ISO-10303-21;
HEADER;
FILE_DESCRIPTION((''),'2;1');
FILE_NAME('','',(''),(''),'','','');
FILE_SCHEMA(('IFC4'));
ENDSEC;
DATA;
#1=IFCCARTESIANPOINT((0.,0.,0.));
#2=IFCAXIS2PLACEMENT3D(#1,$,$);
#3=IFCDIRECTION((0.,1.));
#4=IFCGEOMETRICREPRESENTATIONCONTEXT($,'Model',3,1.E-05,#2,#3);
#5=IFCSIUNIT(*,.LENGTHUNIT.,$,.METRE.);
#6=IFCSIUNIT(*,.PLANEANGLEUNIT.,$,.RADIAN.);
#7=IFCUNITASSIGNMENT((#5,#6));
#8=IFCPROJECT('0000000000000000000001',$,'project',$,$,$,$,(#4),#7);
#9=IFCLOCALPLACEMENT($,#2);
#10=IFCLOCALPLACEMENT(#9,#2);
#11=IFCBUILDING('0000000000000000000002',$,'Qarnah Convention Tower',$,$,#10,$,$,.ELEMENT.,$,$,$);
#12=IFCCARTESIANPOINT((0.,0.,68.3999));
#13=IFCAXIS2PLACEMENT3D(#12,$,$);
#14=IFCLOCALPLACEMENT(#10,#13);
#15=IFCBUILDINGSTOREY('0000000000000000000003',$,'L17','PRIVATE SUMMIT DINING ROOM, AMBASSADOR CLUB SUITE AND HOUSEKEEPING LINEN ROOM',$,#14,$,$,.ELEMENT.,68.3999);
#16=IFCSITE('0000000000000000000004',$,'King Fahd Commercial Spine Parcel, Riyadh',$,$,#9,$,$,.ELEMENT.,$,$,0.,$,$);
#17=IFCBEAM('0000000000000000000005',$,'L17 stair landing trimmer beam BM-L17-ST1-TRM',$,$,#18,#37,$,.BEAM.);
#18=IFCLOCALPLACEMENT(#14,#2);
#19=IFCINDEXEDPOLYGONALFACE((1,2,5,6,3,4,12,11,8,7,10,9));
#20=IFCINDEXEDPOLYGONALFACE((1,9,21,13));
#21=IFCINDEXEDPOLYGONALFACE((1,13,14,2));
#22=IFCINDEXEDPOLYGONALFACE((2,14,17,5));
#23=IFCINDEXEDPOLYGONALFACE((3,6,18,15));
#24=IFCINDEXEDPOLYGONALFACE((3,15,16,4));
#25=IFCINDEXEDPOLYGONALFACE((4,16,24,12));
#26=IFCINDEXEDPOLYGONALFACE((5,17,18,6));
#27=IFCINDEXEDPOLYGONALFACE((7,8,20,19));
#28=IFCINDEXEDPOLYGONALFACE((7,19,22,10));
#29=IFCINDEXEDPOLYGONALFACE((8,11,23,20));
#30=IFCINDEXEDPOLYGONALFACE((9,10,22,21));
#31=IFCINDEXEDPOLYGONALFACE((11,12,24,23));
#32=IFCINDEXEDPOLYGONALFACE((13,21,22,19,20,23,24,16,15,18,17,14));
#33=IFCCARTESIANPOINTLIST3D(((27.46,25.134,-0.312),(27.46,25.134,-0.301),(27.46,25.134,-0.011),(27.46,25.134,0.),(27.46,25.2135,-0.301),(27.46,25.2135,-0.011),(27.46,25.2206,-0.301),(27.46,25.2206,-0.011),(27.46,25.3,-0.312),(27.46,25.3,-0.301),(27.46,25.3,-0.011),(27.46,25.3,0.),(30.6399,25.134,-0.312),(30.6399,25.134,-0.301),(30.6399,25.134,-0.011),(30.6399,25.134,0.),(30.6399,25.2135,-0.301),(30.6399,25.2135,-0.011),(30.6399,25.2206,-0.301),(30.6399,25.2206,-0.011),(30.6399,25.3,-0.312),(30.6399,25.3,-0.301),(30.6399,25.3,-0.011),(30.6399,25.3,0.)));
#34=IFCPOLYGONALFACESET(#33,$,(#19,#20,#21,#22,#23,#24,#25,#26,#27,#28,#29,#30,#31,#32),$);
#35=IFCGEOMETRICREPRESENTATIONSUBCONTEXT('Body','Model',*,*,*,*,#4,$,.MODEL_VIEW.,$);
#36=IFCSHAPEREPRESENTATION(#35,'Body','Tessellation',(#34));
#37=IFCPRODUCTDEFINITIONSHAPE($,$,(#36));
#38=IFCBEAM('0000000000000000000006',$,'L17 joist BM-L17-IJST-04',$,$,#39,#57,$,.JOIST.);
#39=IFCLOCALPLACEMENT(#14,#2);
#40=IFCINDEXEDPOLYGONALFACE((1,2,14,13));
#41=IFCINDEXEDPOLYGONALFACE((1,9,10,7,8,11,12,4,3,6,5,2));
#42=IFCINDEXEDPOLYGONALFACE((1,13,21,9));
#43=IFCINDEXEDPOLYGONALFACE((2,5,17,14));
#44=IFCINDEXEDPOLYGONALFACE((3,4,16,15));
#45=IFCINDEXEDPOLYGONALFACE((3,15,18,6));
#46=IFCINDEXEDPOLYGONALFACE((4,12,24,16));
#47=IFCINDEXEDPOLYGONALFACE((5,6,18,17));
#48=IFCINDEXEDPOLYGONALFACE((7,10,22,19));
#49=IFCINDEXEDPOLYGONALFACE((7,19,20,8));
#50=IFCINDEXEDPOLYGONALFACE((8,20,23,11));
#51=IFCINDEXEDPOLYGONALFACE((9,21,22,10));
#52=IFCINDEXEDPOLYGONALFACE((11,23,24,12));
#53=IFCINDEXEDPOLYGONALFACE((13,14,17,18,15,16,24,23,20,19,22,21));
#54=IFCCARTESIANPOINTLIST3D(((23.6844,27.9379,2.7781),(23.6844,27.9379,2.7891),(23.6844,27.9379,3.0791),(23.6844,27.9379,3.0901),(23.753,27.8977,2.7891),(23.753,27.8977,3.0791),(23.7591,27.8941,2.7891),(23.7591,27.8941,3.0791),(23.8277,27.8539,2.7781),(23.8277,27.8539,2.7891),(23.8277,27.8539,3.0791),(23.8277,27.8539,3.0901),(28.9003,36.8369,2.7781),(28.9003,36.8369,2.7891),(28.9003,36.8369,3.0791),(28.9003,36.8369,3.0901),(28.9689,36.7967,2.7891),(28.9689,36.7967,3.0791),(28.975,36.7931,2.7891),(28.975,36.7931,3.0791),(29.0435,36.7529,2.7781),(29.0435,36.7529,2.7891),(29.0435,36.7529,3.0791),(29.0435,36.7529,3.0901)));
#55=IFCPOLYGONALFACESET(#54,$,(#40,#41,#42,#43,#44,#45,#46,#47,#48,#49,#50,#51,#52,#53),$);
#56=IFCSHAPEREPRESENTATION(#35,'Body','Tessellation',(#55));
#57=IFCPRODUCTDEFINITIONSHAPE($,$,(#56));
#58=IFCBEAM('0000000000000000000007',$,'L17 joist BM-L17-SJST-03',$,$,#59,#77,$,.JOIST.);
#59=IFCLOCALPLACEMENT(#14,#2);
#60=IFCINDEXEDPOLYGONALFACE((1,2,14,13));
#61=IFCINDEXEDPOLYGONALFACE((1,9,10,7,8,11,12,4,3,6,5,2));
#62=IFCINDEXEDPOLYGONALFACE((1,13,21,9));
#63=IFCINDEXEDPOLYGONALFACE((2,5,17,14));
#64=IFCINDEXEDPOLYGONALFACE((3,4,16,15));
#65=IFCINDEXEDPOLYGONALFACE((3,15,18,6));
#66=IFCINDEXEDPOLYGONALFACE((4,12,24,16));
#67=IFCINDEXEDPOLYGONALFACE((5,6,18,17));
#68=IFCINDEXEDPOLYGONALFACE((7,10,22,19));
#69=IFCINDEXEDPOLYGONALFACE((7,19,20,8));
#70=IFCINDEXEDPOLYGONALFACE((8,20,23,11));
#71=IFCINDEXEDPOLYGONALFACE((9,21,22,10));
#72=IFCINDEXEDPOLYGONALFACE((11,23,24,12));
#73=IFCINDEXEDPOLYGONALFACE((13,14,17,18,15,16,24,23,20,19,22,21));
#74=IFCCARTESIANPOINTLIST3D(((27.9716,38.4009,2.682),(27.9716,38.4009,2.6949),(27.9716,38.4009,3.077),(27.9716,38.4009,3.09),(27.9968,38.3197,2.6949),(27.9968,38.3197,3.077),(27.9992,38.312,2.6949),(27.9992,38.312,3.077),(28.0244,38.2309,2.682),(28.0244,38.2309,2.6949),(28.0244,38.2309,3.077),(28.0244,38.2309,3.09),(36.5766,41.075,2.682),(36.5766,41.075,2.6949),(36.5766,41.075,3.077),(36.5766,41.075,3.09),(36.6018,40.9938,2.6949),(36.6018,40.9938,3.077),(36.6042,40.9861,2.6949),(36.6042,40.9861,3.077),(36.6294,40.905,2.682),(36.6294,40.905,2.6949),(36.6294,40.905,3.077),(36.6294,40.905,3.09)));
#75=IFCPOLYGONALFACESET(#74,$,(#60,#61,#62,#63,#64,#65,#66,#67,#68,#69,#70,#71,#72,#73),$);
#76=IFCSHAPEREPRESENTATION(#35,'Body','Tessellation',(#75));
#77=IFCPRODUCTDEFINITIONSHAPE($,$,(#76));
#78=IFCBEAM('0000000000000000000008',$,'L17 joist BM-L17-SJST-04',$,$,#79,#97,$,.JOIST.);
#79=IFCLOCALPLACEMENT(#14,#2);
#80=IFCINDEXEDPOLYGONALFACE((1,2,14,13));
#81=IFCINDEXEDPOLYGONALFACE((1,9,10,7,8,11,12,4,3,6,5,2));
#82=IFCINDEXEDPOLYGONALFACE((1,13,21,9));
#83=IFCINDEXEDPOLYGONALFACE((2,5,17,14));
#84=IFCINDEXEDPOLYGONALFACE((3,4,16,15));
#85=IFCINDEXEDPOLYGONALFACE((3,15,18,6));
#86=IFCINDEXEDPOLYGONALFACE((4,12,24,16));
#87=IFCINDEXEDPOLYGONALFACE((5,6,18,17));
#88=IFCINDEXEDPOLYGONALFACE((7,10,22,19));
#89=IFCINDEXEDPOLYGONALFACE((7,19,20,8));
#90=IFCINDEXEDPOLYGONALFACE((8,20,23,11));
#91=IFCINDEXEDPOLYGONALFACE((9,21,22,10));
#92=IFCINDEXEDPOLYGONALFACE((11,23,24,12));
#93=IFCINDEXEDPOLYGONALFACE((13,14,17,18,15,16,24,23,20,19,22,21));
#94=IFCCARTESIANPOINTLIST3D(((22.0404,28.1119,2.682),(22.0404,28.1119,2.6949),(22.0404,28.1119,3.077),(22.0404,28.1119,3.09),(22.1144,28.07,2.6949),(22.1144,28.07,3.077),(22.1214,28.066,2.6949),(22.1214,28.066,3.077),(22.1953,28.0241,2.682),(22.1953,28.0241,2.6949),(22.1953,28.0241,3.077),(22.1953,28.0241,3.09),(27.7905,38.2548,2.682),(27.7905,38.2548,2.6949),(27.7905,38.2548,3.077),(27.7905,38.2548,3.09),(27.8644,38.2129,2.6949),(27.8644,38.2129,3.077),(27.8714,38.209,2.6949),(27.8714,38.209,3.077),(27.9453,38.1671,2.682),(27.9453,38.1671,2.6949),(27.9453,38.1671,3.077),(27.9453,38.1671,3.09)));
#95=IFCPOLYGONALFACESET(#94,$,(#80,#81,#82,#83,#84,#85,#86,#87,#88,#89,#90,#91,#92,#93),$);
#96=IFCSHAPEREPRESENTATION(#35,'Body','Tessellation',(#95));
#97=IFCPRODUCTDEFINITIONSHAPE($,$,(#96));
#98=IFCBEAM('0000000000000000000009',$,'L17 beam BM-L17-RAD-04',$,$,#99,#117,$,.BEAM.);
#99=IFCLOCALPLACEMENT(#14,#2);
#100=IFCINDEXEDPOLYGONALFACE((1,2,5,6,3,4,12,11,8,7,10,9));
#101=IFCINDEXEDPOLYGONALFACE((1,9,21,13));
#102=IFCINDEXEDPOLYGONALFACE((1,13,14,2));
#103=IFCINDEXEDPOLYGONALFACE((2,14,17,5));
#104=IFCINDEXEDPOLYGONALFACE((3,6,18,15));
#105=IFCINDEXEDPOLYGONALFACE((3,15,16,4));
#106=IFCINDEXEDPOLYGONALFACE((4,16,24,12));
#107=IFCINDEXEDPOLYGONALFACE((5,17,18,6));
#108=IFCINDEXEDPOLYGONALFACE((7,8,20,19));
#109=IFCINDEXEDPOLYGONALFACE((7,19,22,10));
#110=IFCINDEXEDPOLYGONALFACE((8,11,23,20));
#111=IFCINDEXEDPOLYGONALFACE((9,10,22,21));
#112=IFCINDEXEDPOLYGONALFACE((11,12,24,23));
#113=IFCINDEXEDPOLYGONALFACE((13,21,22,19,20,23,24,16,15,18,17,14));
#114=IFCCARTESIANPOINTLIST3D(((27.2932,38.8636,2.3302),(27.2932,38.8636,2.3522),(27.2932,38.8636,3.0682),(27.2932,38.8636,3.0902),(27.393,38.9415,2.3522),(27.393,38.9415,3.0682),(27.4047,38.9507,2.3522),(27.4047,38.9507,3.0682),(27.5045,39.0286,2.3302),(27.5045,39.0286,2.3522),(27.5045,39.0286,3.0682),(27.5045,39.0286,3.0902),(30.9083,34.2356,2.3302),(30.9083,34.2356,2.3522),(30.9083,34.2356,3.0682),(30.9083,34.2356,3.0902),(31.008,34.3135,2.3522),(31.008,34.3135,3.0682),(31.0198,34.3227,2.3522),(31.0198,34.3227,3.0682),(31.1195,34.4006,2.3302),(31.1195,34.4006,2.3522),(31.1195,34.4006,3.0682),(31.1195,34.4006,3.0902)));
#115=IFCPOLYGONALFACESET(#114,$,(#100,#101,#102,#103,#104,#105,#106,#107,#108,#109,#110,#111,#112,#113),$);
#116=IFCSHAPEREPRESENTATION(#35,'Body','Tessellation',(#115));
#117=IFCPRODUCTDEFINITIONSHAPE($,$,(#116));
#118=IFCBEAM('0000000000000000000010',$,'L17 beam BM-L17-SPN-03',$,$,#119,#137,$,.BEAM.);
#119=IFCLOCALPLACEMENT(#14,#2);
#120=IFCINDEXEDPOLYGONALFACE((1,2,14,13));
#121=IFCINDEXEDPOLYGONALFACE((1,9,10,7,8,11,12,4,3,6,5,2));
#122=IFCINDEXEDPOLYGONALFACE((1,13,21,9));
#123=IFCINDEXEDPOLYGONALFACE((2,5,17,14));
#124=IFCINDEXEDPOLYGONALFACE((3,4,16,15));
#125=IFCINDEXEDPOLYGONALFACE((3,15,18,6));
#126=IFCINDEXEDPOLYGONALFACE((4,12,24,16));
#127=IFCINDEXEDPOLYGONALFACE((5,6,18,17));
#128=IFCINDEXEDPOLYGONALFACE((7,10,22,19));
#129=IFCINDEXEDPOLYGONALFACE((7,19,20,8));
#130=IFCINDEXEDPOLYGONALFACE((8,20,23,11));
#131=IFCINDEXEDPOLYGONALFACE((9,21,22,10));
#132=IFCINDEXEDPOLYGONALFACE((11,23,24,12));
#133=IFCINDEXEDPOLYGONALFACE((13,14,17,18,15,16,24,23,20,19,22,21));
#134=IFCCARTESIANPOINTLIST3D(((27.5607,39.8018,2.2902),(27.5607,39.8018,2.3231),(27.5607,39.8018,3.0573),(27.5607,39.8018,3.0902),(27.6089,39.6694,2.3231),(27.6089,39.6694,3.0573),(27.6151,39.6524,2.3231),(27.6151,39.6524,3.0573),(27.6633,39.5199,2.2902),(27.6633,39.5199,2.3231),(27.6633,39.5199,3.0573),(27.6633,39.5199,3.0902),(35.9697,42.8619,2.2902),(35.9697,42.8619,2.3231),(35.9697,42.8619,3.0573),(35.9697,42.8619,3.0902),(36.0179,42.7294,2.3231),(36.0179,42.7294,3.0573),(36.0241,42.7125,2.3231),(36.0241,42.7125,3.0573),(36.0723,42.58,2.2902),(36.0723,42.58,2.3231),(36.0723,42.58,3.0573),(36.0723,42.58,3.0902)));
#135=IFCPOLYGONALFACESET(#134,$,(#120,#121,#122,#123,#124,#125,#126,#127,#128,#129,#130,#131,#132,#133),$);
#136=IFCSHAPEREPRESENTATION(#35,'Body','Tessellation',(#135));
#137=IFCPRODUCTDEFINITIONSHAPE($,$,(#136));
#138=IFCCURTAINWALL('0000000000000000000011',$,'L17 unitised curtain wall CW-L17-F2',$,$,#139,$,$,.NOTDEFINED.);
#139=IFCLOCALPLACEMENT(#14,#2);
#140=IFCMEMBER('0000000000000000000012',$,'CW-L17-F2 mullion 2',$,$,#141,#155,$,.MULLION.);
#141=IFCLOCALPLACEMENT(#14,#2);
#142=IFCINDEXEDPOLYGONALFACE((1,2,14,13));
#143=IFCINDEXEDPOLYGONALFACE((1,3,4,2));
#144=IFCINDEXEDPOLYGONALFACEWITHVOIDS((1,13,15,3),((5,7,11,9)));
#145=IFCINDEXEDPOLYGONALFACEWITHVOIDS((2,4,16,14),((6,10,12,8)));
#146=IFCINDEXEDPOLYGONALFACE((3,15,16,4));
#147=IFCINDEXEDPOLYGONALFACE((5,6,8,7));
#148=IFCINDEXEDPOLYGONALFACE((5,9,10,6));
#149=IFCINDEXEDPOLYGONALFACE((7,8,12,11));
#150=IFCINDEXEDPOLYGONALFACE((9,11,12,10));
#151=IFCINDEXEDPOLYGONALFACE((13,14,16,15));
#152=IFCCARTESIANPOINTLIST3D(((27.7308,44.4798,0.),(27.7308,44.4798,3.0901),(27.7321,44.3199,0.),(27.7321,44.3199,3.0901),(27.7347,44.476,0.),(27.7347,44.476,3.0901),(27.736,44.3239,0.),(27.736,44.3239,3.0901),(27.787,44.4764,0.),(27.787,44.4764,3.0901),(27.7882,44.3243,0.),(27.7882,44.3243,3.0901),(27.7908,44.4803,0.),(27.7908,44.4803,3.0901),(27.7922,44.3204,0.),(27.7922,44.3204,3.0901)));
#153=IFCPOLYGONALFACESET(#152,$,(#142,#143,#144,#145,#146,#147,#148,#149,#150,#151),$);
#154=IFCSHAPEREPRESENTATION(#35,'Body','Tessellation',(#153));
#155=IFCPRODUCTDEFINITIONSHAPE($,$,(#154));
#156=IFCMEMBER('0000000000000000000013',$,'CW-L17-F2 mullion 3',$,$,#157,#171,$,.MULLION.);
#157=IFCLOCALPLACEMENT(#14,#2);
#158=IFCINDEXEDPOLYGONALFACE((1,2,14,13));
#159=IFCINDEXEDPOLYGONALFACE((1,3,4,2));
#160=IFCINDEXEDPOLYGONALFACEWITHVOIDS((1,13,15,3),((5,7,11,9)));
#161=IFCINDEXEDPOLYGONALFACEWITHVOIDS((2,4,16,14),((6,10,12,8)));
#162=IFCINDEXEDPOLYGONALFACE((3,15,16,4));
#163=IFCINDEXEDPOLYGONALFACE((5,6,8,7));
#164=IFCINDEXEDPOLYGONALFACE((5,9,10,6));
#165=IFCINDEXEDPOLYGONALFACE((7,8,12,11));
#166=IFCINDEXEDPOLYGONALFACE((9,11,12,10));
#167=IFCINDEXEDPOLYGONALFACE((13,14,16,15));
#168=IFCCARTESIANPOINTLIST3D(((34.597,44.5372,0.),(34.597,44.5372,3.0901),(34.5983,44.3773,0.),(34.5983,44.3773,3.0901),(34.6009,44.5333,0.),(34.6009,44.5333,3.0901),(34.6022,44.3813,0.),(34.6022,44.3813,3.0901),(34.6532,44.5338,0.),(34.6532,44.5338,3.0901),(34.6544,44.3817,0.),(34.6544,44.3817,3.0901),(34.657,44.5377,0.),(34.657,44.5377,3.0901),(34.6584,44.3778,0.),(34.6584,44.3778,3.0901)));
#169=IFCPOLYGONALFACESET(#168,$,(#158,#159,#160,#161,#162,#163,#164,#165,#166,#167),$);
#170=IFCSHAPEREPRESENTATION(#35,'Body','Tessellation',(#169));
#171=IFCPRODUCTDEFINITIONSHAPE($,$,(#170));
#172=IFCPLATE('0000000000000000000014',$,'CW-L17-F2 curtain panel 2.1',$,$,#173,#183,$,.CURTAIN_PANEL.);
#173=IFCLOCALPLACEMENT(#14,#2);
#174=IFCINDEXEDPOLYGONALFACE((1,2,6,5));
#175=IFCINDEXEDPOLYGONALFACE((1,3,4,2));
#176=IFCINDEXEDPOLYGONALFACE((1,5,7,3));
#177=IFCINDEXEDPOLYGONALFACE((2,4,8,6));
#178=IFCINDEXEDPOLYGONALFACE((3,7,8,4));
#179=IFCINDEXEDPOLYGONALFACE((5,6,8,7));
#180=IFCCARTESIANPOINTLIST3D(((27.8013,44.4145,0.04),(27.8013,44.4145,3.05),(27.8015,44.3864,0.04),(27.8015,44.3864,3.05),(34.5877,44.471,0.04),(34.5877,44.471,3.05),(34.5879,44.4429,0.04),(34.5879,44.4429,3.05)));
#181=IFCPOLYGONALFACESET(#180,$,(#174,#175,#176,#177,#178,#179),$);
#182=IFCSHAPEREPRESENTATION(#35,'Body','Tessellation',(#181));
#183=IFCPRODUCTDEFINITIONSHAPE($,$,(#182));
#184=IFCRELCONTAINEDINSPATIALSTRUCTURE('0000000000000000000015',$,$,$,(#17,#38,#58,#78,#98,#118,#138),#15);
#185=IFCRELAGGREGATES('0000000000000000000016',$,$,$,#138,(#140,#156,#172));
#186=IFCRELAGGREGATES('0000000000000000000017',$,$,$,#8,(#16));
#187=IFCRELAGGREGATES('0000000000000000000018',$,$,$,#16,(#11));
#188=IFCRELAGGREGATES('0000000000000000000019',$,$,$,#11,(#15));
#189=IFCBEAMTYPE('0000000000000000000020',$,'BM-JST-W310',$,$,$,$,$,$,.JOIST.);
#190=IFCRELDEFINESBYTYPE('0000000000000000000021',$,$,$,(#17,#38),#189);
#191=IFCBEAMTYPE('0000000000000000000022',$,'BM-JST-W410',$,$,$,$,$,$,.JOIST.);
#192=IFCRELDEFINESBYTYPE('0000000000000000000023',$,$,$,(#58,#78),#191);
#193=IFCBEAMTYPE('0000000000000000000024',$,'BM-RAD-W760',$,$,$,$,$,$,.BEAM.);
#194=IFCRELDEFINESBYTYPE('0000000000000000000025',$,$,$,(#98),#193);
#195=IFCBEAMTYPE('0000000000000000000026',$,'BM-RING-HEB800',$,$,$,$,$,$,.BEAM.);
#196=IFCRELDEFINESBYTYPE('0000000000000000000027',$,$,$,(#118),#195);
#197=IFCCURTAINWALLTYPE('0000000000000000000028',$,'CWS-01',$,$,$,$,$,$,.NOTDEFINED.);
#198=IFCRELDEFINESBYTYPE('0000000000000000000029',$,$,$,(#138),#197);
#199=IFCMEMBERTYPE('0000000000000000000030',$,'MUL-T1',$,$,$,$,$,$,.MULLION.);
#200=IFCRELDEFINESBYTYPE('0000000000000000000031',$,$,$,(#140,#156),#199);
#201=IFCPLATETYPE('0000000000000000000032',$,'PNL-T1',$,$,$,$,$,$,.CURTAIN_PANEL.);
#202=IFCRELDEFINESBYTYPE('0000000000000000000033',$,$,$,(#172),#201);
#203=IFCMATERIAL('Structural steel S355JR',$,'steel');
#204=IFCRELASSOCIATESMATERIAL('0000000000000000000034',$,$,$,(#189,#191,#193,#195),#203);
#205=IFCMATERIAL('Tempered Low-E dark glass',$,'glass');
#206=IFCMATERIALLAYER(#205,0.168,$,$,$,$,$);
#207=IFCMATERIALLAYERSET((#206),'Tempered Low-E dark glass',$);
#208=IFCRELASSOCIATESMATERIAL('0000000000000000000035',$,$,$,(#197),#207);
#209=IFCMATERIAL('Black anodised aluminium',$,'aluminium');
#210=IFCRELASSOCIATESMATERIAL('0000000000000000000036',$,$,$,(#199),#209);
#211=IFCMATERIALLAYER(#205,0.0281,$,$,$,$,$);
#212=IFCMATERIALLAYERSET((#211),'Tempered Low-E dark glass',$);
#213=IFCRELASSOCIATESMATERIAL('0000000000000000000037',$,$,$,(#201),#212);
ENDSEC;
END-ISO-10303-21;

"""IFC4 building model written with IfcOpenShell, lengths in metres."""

from ifc_helpers import new_model, si_unit, direction, frame, origin, origin_2d, place, context, subcontext, project, spatial, rectangle, hollow_rectangle, i_section, extrude, material, layer, layer_set, material_profile, profile_set, type_object, element, aggregate, save


model = new_model("IFC4")

# Units and contexts
model_context = context("Model", 3, precision=1e-05, world=origin(), true_north=direction((0.0, 1.0)))
body_context = subcontext(model_context, "Body", "Model", "MODEL_VIEW")
ifc_project = project(units=[si_unit("LENGTHUNIT", "METRE"), si_unit("PLANEANGLEUNIT", "RADIAN")], contexts=[model_context])

# Site, building, storey
site_placement = place(None, origin())
site = spatial("IfcSite", under=ifc_project, at=site_placement, Name="King Fahd Commercial Spine Parcel, Riyadh", CompositionType="ELEMENT", RefElevation=0.0)
building_placement = place(site_placement, origin())
building = spatial("IfcBuilding", under=site, at=building_placement, Name="Qarnah Convention Tower", CompositionType="ELEMENT")
storey_placement = place(building_placement, frame((0.0, 0.0, 68.3999)))
storey = spatial("IfcBuildingStorey", under=building, at=storey_placement, Name="L17", Description="PRIVATE SUMMIT DINING ROOM, AMBASSADOR CLUB SUITE AND HOUSEKEEPING LINEN ROOM", CompositionType="ELEMENT", Elevation=68.3999)

# Beams
ifc_material_1 = material(Name="Structural steel S355JR", Category="steel")
ifc_material_profile_1 = material_profile(ifc_material_1, i_section(OverallWidth=0.166, OverallDepth=0.312, WebThickness=0.0071, FlangeThickness=0.011, at=origin_2d()), Name="W310X45")
ifc_profile_set_1 = profile_set([ifc_material_profile_1], Name="Structural steel S355JR")
beam_type_1 = type_object("IfcBeamType", Name="BM-JST-W310", PredefinedType="JOIST", material=ifc_profile_set_1)
beam_1_placement = place(storey_placement, frame((27.46, 25.217, -0.156), z_axis=(1.0, 0.0, 0.0), x_axis=(0.0, 1.0, 0.0)))
element("IfcBeam", 1, at=beam_1_placement, inside=storey, type_object=beam_type_1, Name="L17 stair landing trimmer beam BM-L17-ST1-TRM", PredefinedType="BEAM", context=body_context, shape_type="SweptSolid", body=[
    extrude(i_section(OverallWidth=0.166, OverallDepth=0.312, WebThickness=0.0071, FlangeThickness=0.011, at=origin_2d()), origin(), (0.0, 0.0, 1.0), 3.1799),
])
beam_2_placement = place(storey_placement, frame((28.9719, 36.7949, 2.9341), z_axis=(-0.505662, -0.862731, 0.0), x_axis=(0.862731, -0.505662, 0.0)))
element("IfcBeam", 2, at=beam_2_placement, inside=storey, type_object=beam_type_1, Name="L17 joist BM-L17-IJST-04", PredefinedType="JOIST", context=body_context, shape_type="SweptSolid", body=[
    extrude(i_section(OverallWidth=0.166, OverallDepth=0.312, WebThickness=0.0071, FlangeThickness=0.011, at=origin_2d()), origin(), (0.0, 0.0, 1.0), 10.3149),
])
ifc_material_profile_2 = material_profile(ifc_material_1, i_section(OverallWidth=0.178, OverallDepth=0.408, WebThickness=0.0081, FlangeThickness=0.0129, at=origin_2d()), Name="W410X60")
ifc_profile_set_2 = profile_set([ifc_material_profile_2], Name="Structural steel S355JR")
beam_type_2 = type_object("IfcBeamType", Name="BM-JST-W410", PredefinedType="JOIST", material=ifc_profile_set_2)
beam_3_placement = place(storey_placement, frame((36.603, 40.99, 2.886), z_axis=(-0.954952, -0.29676, 0.0), x_axis=(0.29676, -0.954952, 0.0)))
element("IfcBeam", 3, at=beam_3_placement, inside=storey, type_object=beam_type_2, Name="L17 joist BM-L17-SJST-03", PredefinedType="JOIST", context=body_context, shape_type="SweptSolid", body=[
    extrude(i_section(OverallWidth=0.178, OverallDepth=0.408, WebThickness=0.0081, FlangeThickness=0.0129, at=origin_2d()), origin(), (0.0, 0.0, 1.0), 9.011),
])
beam_4_placement = place(storey_placement, frame((27.8679, 38.2109, 2.886), z_axis=(-0.493168, -0.869934, 0.0), x_axis=(0.869934, -0.493168, 0.0)))
element("IfcBeam", 4, at=beam_4_placement, inside=storey, type_object=beam_type_2, Name="L17 joist BM-L17-SJST-04", PredefinedType="JOIST", context=body_context, shape_type="SweptSolid", body=[
    extrude(i_section(OverallWidth=0.178, OverallDepth=0.408, WebThickness=0.0081, FlangeThickness=0.0129, at=origin_2d()), origin(), (0.0, 0.0, 1.0), 11.6594),
])
ifc_material_profile_3 = material_profile(ifc_material_1, i_section(OverallWidth=0.2681, OverallDepth=0.76, WebThickness=0.0149, FlangeThickness=0.022, at=origin_2d()), Name="W760X185")
ifc_profile_set_3 = profile_set([ifc_material_profile_3], Name="Structural steel S355JR")
beam_type_3 = type_object("IfcBeamType", Name="BM-RAD-W760", PredefinedType="BEAM", material=ifc_profile_set_3)
beam_5_placement = place(storey_placement, frame((31.0139, 34.3181, 2.7102), z_axis=(-0.615583, 0.788072, 0.0), x_axis=(-0.788072, -0.615583, 0.0)))
element("IfcBeam", 5, at=beam_5_placement, inside=storey, type_object=beam_type_3, Name="L17 beam BM-L17-RAD-04", PredefinedType="BEAM", context=body_context, shape_type="SweptSolid", body=[
    extrude(i_section(OverallWidth=0.2681, OverallDepth=0.76, WebThickness=0.0149, FlangeThickness=0.022, at=origin_2d()), origin(), (0.0, 0.0, 1.0), 5.8726),
])
ifc_material_profile_4 = material_profile(ifc_material_1, i_section(OverallWidth=0.3, OverallDepth=0.8, WebThickness=0.0181, FlangeThickness=0.033, at=origin_2d()), Name="HEB800")
ifc_profile_set_4 = profile_set([ifc_material_profile_4], Name="Structural steel S355JR")
beam_type_4 = type_object("IfcBeamType", Name="BM-RING-HEB800", PredefinedType="BEAM", material=ifc_profile_set_4)
beam_6_placement = place(storey_placement, frame((36.021, 42.7209, 2.6902), z_axis=(-0.939712, -0.341966, 0.0), x_axis=(0.341966, -0.939712, 0.0)))
element("IfcBeam", 6, at=beam_6_placement, inside=storey, type_object=beam_type_4, Name="L17 beam BM-L17-SPN-03", PredefinedType="BEAM", context=body_context, shape_type="SweptSolid", body=[
    extrude(i_section(OverallWidth=0.3, OverallDepth=0.8, WebThickness=0.0181, FlangeThickness=0.033, at=origin_2d()), origin(), (0.0, 0.0, 1.0), 8.9485),
])

# Curtain wall, members, plate
ifc_material_2 = material(Name="Tempered Low-E dark glass", Category="glass")
ifc_layer_1 = layer(ifc_material_2, 0.168)
ifc_layer_set_1 = layer_set([ifc_layer_1], Name="Tempered Low-E dark glass")
curtain_wall_type = type_object("IfcCurtainWallType", Name="CWS-01", PredefinedType="NOTDEFINED", material=ifc_layer_set_1)
curtain_wall_placement = place(storey_placement, origin())
curtain_wall = element("IfcCurtainWall", 7, at=curtain_wall_placement, inside=storey, type_object=curtain_wall_type, Name="L17 unitised curtain wall CW-L17-F2", PredefinedType="NOTDEFINED")
ifc_material_3 = material(Name="Black anodised aluminium", Category="aluminium")
ifc_material_profile_5 = material_profile(ifc_material_3, hollow_rectangle(XDim=0.0601, YDim=0.1599, WallThickness=0.0039, at=origin_2d()), Name="MUL-60X160")
ifc_profile_set_5 = profile_set([ifc_material_profile_5], Name="Black anodised aluminium")
member_type = type_object("IfcMemberType", Name="MUL-T1", PredefinedType="MULLION", material=ifc_profile_set_5)
member_1_placement = place(storey_placement, frame((27.7615, 44.4001, 0.0), z_axis=(0.0, 0.0, 1.0), x_axis=(0.999965, 0.00833, 0.0)))
member_1 = element("IfcMember", 8, at=member_1_placement, type_object=member_type, Name="CW-L17-F2 mullion 2", PredefinedType="MULLION", context=body_context, shape_type="SweptSolid", body=[
    extrude(hollow_rectangle(XDim=0.0601, YDim=0.1599, WallThickness=0.0039, at=origin_2d()), origin(), (0.0, 0.0, 1.0), 3.0901),
])
member_2_placement = place(storey_placement, frame((34.6277, 44.4575, 0.0), z_axis=(0.0, 0.0, 1.0), x_axis=(0.999965, 0.00833, 0.0)))
member_2 = element("IfcMember", 9, at=member_2_placement, type_object=member_type, Name="CW-L17-F2 mullion 3", PredefinedType="MULLION", context=body_context, shape_type="SweptSolid", body=[
    extrude(hollow_rectangle(XDim=0.0601, YDim=0.1599, WallThickness=0.0039, at=origin_2d()), origin(), (0.0, 0.0, 1.0), 3.0901),
])
ifc_layer_2 = layer(ifc_material_2, 0.0281)
ifc_layer_set_2 = layer_set([ifc_layer_2], Name="Tempered Low-E dark glass")
plate_type = type_object("IfcPlateType", Name="PNL-T1", PredefinedType="CURTAIN_PANEL", material=ifc_layer_set_2)
plate_placement = place(storey_placement, frame((31.1946, 44.4287, 0.04), z_axis=(0.0, 0.0, 1.0), x_axis=(0.999965, 0.00833, 0.0)))
plate = element("IfcPlate", 10, at=plate_placement, type_object=plate_type, Name="CW-L17-F2 curtain panel 2.1", PredefinedType="CURTAIN_PANEL", context=body_context, shape_type="SweptSolid", body=[
    extrude(rectangle(XDim=6.7866, YDim=0.0281, at=origin_2d()), origin(), (0.0, 0.0, 1.0), 3.01),
])
aggregate(curtain_wall, [member_1, member_2, plate])

save(model, "model.ifc")
